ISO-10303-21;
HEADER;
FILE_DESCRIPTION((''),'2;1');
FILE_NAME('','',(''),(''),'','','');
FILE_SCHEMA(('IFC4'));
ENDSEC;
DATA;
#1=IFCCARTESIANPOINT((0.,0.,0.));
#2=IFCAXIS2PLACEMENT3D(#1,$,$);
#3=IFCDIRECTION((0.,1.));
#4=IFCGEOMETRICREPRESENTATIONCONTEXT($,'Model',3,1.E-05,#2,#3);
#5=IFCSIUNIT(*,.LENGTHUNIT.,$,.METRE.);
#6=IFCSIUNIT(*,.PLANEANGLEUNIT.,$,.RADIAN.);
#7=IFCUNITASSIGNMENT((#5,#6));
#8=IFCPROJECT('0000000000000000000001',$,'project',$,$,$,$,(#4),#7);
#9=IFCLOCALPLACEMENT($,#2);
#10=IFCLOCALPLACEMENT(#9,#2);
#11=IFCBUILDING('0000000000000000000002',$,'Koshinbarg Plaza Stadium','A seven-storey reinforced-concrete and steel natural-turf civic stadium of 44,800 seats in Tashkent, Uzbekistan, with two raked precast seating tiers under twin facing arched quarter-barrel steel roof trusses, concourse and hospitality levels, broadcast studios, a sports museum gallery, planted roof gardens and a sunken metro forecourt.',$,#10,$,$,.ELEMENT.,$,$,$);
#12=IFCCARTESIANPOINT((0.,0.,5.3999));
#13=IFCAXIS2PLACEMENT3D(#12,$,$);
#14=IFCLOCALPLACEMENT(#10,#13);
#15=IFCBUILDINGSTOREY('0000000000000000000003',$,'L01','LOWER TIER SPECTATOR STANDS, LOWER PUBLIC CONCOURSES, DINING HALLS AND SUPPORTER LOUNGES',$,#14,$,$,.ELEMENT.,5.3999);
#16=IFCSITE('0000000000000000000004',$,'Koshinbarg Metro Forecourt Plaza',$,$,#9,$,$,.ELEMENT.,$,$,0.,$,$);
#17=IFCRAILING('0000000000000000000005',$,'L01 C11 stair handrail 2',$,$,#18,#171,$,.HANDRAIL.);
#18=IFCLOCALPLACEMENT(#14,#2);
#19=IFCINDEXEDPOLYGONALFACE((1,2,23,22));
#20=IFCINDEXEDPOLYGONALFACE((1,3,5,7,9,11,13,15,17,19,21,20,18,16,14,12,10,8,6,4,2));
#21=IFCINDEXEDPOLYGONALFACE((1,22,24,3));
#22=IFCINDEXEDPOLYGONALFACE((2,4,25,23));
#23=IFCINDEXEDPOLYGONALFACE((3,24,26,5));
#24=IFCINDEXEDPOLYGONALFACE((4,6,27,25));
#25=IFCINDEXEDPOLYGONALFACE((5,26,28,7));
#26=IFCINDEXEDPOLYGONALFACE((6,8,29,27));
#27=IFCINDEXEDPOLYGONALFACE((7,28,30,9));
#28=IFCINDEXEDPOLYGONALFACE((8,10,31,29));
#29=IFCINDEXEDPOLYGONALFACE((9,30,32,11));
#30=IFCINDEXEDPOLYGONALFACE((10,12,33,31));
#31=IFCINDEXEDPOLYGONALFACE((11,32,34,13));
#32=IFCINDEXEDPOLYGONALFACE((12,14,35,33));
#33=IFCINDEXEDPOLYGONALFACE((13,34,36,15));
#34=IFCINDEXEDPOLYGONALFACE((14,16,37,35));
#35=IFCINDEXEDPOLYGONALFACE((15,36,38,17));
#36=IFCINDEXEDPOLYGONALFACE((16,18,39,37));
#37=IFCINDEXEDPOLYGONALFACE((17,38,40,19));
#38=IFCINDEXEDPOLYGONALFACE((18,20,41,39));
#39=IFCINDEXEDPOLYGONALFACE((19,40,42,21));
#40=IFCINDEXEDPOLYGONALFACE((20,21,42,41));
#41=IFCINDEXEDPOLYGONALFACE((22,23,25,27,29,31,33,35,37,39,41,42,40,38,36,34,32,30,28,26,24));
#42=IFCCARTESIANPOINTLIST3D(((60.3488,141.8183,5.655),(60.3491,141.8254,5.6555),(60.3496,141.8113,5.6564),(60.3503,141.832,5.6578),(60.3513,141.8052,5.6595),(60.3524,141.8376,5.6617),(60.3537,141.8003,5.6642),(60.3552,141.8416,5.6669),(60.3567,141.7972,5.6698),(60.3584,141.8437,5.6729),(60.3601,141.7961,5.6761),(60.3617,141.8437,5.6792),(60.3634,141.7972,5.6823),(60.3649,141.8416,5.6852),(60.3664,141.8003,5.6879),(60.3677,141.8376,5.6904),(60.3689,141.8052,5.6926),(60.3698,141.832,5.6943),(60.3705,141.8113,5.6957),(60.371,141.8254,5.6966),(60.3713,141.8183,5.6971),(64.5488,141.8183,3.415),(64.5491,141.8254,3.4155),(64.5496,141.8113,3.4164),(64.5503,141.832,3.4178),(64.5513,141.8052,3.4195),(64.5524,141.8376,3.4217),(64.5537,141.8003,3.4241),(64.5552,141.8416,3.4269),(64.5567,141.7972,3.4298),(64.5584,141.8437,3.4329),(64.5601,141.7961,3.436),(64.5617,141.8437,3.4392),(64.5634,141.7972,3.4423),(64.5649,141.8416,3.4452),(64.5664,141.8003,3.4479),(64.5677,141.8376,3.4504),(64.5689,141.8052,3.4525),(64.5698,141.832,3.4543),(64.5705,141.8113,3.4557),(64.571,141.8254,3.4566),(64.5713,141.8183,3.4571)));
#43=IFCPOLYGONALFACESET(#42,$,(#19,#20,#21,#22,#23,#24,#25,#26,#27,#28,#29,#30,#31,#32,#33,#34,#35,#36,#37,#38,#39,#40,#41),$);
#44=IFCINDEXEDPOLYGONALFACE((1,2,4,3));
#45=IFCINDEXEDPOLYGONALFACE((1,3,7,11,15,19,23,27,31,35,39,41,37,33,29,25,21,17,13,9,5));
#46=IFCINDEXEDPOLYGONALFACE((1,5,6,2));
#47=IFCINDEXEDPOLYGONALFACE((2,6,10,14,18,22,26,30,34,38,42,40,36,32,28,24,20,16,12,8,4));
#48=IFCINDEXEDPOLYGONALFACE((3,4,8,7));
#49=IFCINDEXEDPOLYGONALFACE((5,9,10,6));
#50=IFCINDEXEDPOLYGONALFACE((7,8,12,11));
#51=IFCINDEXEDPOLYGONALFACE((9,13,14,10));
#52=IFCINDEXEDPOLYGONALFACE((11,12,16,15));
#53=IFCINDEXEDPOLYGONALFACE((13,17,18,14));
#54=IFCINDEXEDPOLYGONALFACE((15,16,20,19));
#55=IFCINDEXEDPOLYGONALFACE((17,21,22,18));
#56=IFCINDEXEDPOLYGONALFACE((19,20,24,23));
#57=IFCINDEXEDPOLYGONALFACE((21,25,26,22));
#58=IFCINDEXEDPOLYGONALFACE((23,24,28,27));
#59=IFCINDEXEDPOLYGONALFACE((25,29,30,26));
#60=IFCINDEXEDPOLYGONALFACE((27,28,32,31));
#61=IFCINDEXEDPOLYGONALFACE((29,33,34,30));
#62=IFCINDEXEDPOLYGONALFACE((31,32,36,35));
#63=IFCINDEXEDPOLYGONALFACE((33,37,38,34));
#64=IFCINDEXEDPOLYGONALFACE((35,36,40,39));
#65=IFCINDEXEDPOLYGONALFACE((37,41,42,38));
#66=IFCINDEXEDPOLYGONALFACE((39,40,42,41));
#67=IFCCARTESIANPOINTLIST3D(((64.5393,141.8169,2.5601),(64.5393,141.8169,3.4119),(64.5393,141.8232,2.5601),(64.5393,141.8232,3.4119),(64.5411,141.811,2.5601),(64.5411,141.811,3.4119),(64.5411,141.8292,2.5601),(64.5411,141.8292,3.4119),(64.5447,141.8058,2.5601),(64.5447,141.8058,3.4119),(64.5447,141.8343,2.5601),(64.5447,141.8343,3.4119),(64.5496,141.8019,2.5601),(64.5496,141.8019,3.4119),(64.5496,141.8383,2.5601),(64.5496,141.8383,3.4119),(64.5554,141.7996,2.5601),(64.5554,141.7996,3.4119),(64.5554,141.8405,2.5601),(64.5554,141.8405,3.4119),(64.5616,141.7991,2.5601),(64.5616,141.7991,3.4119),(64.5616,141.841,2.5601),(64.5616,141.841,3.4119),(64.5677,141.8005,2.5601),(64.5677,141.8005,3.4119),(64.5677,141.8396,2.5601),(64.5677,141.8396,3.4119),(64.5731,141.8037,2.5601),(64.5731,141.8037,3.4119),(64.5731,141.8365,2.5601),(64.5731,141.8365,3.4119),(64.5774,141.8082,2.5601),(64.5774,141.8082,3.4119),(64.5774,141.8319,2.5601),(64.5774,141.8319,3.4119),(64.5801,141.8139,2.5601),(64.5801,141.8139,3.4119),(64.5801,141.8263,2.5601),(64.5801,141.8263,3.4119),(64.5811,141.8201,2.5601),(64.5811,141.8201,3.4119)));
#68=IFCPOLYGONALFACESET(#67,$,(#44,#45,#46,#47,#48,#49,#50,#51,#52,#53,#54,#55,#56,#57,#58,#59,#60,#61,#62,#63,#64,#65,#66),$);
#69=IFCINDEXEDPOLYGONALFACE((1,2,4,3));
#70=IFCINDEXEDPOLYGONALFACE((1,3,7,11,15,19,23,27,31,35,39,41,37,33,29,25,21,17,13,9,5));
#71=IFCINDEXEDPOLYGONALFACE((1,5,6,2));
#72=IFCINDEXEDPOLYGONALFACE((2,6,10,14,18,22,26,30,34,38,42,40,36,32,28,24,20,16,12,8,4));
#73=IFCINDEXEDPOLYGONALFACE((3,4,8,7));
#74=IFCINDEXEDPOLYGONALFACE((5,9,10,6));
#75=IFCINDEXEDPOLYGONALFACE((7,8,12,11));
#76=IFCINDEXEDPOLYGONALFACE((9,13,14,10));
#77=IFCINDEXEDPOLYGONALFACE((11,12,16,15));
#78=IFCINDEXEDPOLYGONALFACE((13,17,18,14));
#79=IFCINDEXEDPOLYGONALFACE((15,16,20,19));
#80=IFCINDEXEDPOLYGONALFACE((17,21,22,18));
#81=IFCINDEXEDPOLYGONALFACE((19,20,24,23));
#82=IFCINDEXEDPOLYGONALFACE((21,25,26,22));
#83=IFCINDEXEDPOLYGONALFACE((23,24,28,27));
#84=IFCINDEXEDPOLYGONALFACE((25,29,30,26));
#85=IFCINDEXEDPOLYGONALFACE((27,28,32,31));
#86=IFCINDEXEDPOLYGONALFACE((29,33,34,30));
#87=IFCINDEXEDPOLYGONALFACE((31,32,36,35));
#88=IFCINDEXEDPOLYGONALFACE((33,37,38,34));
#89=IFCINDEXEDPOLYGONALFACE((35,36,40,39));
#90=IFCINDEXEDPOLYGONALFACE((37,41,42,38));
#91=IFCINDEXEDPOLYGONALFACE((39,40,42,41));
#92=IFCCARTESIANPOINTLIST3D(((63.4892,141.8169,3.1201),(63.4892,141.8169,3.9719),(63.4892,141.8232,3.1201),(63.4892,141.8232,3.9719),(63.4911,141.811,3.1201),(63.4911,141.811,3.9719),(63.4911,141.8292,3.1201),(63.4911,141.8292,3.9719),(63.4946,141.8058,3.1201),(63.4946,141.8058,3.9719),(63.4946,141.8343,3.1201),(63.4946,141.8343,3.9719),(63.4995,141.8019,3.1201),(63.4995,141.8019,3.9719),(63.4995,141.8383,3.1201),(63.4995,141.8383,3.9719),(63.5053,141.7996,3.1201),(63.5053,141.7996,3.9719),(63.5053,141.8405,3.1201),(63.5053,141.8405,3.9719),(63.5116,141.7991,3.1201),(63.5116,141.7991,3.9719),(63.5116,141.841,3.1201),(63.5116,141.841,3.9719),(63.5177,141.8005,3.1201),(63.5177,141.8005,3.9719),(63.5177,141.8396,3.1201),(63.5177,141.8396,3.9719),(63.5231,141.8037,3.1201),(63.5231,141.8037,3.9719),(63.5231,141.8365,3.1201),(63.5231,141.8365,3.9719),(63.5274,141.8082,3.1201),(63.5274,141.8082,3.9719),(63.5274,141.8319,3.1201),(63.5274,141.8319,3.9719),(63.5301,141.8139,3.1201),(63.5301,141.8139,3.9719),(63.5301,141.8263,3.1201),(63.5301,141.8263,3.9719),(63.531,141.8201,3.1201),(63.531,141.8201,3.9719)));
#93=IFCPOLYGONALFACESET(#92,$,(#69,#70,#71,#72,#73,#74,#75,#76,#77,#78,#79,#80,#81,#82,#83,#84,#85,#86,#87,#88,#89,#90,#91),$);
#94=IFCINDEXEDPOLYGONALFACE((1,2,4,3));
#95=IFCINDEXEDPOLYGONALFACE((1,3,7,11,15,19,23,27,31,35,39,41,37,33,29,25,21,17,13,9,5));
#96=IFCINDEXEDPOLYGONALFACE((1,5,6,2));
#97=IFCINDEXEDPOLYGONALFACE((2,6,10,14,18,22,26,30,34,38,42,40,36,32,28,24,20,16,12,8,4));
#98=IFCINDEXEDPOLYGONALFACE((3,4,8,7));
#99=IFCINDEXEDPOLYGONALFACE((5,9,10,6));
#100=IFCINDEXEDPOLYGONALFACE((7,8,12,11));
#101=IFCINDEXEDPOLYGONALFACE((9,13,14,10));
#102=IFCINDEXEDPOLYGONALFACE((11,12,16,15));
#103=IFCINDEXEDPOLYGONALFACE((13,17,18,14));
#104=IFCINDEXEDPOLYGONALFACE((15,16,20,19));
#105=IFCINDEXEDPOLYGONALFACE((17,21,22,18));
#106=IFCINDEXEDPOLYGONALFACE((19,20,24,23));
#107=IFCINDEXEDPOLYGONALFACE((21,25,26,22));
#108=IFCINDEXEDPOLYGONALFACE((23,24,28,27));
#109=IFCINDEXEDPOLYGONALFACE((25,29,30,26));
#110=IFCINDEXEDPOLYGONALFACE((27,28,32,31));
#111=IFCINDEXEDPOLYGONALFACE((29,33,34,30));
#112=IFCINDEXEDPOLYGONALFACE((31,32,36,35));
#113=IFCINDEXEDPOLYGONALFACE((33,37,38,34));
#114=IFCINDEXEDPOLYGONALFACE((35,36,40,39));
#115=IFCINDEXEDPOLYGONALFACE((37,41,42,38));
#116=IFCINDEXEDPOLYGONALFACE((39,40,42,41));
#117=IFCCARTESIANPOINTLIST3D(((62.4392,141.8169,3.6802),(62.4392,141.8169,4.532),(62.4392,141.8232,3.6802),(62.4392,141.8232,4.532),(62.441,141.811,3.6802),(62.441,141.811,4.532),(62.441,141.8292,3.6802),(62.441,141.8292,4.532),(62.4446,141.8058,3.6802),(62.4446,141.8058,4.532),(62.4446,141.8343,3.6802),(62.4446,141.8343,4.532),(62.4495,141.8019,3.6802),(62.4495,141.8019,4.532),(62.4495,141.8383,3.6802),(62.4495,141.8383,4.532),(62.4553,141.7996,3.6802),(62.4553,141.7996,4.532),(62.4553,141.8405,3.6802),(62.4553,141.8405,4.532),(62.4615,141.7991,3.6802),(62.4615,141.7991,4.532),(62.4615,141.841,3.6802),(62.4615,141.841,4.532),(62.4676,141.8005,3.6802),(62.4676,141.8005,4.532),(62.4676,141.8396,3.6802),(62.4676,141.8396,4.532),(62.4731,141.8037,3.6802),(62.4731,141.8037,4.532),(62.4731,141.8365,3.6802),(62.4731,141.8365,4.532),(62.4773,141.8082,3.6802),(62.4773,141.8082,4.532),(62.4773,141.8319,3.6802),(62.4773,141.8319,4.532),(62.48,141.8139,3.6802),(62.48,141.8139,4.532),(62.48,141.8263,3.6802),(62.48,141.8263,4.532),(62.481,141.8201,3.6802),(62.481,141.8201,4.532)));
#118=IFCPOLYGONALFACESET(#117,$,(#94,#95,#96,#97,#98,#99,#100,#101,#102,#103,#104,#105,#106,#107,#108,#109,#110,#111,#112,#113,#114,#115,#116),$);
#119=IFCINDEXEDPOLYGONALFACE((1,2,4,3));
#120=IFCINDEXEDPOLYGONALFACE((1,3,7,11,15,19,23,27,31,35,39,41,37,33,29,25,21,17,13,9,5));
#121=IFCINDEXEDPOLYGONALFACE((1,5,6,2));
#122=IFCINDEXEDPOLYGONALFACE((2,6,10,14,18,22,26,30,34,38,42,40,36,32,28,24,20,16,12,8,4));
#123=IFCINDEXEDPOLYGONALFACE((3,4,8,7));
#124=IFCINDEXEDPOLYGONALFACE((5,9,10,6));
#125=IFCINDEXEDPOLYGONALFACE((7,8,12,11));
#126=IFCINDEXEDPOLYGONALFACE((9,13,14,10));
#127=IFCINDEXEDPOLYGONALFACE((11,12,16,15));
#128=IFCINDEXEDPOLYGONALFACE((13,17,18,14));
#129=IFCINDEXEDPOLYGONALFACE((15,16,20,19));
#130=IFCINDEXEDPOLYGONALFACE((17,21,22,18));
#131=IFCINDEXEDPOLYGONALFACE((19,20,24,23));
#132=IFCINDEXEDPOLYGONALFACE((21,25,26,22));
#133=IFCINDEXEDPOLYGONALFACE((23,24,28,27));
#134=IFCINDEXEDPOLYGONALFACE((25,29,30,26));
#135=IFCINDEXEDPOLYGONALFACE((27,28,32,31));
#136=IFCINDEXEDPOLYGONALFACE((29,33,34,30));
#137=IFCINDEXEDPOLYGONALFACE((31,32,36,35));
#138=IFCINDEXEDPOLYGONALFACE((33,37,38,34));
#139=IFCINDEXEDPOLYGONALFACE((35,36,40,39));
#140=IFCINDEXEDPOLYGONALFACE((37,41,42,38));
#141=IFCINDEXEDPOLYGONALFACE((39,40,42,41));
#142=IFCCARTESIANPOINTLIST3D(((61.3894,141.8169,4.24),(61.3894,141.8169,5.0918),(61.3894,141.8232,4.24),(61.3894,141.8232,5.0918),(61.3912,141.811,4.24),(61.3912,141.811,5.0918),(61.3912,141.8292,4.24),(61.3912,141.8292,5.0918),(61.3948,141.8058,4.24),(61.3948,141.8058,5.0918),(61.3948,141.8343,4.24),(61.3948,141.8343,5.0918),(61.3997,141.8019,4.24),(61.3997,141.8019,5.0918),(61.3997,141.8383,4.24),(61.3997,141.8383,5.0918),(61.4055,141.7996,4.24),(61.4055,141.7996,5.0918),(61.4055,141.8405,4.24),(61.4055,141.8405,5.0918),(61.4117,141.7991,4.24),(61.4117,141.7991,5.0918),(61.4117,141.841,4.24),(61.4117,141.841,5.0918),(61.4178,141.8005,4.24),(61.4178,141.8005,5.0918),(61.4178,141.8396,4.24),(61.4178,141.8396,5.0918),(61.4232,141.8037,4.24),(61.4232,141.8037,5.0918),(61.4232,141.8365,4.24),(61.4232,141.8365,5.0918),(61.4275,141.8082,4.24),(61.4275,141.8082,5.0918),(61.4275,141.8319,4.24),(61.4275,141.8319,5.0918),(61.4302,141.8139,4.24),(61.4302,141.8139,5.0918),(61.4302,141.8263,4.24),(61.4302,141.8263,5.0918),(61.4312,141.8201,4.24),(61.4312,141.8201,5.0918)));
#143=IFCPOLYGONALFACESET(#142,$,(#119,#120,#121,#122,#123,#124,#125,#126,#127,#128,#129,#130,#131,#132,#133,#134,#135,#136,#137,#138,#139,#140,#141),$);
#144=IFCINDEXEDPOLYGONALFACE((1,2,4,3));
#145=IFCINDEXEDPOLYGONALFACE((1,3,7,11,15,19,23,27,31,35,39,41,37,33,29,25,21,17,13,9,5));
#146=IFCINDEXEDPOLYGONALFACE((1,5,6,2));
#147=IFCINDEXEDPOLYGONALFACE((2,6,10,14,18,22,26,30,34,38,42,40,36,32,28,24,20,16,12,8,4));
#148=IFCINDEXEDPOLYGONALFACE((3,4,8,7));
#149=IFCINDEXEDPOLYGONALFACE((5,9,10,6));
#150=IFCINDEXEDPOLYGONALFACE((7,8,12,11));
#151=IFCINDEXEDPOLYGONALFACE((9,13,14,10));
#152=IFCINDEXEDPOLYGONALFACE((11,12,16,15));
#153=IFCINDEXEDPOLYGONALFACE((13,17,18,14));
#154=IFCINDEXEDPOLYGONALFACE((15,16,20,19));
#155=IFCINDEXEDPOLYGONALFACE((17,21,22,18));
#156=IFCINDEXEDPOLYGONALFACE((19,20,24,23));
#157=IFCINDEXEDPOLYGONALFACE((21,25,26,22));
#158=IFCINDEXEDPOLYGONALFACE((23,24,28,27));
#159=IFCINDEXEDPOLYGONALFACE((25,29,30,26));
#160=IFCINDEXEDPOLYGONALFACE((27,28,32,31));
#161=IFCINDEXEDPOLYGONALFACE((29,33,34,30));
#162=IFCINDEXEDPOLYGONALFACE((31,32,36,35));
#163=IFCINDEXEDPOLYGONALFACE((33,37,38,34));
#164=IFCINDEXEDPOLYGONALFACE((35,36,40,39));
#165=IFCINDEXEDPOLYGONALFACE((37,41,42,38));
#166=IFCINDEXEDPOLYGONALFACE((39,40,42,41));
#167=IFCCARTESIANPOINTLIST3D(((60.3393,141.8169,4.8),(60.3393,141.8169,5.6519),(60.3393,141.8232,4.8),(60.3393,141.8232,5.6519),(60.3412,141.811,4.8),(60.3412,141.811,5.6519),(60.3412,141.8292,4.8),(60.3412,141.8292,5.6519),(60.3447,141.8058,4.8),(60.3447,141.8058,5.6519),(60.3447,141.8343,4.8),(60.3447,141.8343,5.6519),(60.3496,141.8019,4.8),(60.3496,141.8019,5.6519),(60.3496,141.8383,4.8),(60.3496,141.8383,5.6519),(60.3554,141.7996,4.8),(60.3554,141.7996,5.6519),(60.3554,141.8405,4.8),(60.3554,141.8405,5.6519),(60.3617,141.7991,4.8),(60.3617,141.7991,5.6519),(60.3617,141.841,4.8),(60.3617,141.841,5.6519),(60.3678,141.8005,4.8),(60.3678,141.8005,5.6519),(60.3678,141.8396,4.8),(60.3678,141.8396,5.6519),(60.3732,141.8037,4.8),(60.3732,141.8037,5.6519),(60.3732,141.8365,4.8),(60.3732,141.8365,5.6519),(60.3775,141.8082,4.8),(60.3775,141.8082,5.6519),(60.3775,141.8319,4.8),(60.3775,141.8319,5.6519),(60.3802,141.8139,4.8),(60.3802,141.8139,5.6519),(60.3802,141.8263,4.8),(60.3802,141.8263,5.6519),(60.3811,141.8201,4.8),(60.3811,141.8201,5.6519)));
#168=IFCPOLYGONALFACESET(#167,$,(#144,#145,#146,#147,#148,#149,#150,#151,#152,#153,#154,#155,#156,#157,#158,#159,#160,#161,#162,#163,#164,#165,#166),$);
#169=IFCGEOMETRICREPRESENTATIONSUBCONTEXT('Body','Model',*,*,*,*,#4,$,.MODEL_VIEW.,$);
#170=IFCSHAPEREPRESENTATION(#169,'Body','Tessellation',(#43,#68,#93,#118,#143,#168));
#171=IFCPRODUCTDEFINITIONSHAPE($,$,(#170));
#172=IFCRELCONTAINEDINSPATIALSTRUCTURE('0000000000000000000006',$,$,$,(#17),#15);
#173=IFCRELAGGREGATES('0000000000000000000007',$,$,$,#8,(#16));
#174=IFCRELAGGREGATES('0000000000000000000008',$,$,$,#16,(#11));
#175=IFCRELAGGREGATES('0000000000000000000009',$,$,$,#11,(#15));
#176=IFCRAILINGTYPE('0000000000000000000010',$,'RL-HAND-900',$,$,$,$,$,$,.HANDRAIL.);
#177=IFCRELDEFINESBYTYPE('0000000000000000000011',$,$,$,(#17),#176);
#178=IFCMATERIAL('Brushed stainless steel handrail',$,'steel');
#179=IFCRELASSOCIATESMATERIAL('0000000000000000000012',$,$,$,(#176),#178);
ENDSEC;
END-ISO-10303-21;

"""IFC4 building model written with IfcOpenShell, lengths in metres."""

from ifc_helpers import new_model, si_unit, direction, frame, origin, origin_2d, place, context, subcontext, project, spatial, circle, extrude, material, type_object, element, save


model = new_model("IFC4")

# Units and contexts
model_context = context("Model", 3, precision=1e-05, world=origin(), true_north=direction((0.0, 1.0)))
body_context = subcontext(model_context, "Body", "Model", "MODEL_VIEW")
ifc_project = project(units=[si_unit("LENGTHUNIT", "METRE"), si_unit("PLANEANGLEUNIT", "RADIAN")], contexts=[model_context])

# Site, building, storey
site_placement = place(None, origin())
site = spatial("IfcSite", under=ifc_project, at=site_placement, Name="Koshinbarg Metro Forecourt Plaza", CompositionType="ELEMENT", RefElevation=0.0)
building_placement = place(site_placement, origin())
building = spatial("IfcBuilding", under=site, at=building_placement, Name="Koshinbarg Plaza Stadium", Description="A seven-storey reinforced-concrete and steel natural-turf civic stadium of 44,800 seats in Tashkent, Uzbekistan, with two raked precast seating tiers under twin facing arched quarter-barrel steel roof trusses, concourse and hospitality levels, broadcast studios, a sports museum gallery, planted roof gardens and a sunken metro forecourt.", CompositionType="ELEMENT")
storey_placement = place(building_placement, frame((0.0, 0.0, 5.3999)))
storey = spatial("IfcBuildingStorey", under=building, at=storey_placement, Name="L01", Description="LOWER TIER SPECTATOR STANDS, LOWER PUBLIC CONCOURSES, DINING HALLS AND SUPPORTER LOUNGES", CompositionType="ELEMENT", Elevation=5.3999)

# Railing
ifc_material_1 = material(Name="Brushed stainless steel handrail", Category="steel")
railing_type_1 = type_object("IfcRailingType", Name="RL-HAND-900", PredefinedType="HANDRAIL", material=ifc_material_1)
railing_1_placement = place(storey_placement, frame((64.5601, 141.8201, 2.5601)))
element("IfcRailing", 1, at=railing_1_placement, inside=storey, type_object=railing_type_1, Name="L01 C11 stair handrail 2", PredefinedType="HANDRAIL", context=body_context, shape_type="SweptSolid", body=[
    extrude(circle(Radius=0.0239, at=origin_2d()), frame((0.0, 0.0, 0.876), z_axis=(-0.882352, 0.0, 0.470591), x_axis=(0.0, -1.0, 0.0)), (0.0, 0.0, 1.0), 4.76),
    extrude(circle(Radius=0.021, at=origin_2d()), origin(), (0.0, 0.0, 1.0), 0.8518),
    extrude(circle(Radius=0.021, at=origin_2d()), frame((-1.05, 0.0, 0.5601)), (0.0, 0.0, 1.0), 0.8518),
    extrude(circle(Radius=0.021, at=origin_2d()), frame((-2.1001, 0.0, 1.1201)), (0.0, 0.0, 1.0), 0.8518),
    extrude(circle(Radius=0.021, at=origin_2d()), frame((-3.1499, 0.0, 1.6799)), (0.0, 0.0, 1.0), 0.8518),
    extrude(circle(Radius=0.021, at=origin_2d()), frame((-4.2, 0.0, 2.24)), (0.0, 0.0, 1.0), 0.8518),
])

save(model, "model.ifc")
